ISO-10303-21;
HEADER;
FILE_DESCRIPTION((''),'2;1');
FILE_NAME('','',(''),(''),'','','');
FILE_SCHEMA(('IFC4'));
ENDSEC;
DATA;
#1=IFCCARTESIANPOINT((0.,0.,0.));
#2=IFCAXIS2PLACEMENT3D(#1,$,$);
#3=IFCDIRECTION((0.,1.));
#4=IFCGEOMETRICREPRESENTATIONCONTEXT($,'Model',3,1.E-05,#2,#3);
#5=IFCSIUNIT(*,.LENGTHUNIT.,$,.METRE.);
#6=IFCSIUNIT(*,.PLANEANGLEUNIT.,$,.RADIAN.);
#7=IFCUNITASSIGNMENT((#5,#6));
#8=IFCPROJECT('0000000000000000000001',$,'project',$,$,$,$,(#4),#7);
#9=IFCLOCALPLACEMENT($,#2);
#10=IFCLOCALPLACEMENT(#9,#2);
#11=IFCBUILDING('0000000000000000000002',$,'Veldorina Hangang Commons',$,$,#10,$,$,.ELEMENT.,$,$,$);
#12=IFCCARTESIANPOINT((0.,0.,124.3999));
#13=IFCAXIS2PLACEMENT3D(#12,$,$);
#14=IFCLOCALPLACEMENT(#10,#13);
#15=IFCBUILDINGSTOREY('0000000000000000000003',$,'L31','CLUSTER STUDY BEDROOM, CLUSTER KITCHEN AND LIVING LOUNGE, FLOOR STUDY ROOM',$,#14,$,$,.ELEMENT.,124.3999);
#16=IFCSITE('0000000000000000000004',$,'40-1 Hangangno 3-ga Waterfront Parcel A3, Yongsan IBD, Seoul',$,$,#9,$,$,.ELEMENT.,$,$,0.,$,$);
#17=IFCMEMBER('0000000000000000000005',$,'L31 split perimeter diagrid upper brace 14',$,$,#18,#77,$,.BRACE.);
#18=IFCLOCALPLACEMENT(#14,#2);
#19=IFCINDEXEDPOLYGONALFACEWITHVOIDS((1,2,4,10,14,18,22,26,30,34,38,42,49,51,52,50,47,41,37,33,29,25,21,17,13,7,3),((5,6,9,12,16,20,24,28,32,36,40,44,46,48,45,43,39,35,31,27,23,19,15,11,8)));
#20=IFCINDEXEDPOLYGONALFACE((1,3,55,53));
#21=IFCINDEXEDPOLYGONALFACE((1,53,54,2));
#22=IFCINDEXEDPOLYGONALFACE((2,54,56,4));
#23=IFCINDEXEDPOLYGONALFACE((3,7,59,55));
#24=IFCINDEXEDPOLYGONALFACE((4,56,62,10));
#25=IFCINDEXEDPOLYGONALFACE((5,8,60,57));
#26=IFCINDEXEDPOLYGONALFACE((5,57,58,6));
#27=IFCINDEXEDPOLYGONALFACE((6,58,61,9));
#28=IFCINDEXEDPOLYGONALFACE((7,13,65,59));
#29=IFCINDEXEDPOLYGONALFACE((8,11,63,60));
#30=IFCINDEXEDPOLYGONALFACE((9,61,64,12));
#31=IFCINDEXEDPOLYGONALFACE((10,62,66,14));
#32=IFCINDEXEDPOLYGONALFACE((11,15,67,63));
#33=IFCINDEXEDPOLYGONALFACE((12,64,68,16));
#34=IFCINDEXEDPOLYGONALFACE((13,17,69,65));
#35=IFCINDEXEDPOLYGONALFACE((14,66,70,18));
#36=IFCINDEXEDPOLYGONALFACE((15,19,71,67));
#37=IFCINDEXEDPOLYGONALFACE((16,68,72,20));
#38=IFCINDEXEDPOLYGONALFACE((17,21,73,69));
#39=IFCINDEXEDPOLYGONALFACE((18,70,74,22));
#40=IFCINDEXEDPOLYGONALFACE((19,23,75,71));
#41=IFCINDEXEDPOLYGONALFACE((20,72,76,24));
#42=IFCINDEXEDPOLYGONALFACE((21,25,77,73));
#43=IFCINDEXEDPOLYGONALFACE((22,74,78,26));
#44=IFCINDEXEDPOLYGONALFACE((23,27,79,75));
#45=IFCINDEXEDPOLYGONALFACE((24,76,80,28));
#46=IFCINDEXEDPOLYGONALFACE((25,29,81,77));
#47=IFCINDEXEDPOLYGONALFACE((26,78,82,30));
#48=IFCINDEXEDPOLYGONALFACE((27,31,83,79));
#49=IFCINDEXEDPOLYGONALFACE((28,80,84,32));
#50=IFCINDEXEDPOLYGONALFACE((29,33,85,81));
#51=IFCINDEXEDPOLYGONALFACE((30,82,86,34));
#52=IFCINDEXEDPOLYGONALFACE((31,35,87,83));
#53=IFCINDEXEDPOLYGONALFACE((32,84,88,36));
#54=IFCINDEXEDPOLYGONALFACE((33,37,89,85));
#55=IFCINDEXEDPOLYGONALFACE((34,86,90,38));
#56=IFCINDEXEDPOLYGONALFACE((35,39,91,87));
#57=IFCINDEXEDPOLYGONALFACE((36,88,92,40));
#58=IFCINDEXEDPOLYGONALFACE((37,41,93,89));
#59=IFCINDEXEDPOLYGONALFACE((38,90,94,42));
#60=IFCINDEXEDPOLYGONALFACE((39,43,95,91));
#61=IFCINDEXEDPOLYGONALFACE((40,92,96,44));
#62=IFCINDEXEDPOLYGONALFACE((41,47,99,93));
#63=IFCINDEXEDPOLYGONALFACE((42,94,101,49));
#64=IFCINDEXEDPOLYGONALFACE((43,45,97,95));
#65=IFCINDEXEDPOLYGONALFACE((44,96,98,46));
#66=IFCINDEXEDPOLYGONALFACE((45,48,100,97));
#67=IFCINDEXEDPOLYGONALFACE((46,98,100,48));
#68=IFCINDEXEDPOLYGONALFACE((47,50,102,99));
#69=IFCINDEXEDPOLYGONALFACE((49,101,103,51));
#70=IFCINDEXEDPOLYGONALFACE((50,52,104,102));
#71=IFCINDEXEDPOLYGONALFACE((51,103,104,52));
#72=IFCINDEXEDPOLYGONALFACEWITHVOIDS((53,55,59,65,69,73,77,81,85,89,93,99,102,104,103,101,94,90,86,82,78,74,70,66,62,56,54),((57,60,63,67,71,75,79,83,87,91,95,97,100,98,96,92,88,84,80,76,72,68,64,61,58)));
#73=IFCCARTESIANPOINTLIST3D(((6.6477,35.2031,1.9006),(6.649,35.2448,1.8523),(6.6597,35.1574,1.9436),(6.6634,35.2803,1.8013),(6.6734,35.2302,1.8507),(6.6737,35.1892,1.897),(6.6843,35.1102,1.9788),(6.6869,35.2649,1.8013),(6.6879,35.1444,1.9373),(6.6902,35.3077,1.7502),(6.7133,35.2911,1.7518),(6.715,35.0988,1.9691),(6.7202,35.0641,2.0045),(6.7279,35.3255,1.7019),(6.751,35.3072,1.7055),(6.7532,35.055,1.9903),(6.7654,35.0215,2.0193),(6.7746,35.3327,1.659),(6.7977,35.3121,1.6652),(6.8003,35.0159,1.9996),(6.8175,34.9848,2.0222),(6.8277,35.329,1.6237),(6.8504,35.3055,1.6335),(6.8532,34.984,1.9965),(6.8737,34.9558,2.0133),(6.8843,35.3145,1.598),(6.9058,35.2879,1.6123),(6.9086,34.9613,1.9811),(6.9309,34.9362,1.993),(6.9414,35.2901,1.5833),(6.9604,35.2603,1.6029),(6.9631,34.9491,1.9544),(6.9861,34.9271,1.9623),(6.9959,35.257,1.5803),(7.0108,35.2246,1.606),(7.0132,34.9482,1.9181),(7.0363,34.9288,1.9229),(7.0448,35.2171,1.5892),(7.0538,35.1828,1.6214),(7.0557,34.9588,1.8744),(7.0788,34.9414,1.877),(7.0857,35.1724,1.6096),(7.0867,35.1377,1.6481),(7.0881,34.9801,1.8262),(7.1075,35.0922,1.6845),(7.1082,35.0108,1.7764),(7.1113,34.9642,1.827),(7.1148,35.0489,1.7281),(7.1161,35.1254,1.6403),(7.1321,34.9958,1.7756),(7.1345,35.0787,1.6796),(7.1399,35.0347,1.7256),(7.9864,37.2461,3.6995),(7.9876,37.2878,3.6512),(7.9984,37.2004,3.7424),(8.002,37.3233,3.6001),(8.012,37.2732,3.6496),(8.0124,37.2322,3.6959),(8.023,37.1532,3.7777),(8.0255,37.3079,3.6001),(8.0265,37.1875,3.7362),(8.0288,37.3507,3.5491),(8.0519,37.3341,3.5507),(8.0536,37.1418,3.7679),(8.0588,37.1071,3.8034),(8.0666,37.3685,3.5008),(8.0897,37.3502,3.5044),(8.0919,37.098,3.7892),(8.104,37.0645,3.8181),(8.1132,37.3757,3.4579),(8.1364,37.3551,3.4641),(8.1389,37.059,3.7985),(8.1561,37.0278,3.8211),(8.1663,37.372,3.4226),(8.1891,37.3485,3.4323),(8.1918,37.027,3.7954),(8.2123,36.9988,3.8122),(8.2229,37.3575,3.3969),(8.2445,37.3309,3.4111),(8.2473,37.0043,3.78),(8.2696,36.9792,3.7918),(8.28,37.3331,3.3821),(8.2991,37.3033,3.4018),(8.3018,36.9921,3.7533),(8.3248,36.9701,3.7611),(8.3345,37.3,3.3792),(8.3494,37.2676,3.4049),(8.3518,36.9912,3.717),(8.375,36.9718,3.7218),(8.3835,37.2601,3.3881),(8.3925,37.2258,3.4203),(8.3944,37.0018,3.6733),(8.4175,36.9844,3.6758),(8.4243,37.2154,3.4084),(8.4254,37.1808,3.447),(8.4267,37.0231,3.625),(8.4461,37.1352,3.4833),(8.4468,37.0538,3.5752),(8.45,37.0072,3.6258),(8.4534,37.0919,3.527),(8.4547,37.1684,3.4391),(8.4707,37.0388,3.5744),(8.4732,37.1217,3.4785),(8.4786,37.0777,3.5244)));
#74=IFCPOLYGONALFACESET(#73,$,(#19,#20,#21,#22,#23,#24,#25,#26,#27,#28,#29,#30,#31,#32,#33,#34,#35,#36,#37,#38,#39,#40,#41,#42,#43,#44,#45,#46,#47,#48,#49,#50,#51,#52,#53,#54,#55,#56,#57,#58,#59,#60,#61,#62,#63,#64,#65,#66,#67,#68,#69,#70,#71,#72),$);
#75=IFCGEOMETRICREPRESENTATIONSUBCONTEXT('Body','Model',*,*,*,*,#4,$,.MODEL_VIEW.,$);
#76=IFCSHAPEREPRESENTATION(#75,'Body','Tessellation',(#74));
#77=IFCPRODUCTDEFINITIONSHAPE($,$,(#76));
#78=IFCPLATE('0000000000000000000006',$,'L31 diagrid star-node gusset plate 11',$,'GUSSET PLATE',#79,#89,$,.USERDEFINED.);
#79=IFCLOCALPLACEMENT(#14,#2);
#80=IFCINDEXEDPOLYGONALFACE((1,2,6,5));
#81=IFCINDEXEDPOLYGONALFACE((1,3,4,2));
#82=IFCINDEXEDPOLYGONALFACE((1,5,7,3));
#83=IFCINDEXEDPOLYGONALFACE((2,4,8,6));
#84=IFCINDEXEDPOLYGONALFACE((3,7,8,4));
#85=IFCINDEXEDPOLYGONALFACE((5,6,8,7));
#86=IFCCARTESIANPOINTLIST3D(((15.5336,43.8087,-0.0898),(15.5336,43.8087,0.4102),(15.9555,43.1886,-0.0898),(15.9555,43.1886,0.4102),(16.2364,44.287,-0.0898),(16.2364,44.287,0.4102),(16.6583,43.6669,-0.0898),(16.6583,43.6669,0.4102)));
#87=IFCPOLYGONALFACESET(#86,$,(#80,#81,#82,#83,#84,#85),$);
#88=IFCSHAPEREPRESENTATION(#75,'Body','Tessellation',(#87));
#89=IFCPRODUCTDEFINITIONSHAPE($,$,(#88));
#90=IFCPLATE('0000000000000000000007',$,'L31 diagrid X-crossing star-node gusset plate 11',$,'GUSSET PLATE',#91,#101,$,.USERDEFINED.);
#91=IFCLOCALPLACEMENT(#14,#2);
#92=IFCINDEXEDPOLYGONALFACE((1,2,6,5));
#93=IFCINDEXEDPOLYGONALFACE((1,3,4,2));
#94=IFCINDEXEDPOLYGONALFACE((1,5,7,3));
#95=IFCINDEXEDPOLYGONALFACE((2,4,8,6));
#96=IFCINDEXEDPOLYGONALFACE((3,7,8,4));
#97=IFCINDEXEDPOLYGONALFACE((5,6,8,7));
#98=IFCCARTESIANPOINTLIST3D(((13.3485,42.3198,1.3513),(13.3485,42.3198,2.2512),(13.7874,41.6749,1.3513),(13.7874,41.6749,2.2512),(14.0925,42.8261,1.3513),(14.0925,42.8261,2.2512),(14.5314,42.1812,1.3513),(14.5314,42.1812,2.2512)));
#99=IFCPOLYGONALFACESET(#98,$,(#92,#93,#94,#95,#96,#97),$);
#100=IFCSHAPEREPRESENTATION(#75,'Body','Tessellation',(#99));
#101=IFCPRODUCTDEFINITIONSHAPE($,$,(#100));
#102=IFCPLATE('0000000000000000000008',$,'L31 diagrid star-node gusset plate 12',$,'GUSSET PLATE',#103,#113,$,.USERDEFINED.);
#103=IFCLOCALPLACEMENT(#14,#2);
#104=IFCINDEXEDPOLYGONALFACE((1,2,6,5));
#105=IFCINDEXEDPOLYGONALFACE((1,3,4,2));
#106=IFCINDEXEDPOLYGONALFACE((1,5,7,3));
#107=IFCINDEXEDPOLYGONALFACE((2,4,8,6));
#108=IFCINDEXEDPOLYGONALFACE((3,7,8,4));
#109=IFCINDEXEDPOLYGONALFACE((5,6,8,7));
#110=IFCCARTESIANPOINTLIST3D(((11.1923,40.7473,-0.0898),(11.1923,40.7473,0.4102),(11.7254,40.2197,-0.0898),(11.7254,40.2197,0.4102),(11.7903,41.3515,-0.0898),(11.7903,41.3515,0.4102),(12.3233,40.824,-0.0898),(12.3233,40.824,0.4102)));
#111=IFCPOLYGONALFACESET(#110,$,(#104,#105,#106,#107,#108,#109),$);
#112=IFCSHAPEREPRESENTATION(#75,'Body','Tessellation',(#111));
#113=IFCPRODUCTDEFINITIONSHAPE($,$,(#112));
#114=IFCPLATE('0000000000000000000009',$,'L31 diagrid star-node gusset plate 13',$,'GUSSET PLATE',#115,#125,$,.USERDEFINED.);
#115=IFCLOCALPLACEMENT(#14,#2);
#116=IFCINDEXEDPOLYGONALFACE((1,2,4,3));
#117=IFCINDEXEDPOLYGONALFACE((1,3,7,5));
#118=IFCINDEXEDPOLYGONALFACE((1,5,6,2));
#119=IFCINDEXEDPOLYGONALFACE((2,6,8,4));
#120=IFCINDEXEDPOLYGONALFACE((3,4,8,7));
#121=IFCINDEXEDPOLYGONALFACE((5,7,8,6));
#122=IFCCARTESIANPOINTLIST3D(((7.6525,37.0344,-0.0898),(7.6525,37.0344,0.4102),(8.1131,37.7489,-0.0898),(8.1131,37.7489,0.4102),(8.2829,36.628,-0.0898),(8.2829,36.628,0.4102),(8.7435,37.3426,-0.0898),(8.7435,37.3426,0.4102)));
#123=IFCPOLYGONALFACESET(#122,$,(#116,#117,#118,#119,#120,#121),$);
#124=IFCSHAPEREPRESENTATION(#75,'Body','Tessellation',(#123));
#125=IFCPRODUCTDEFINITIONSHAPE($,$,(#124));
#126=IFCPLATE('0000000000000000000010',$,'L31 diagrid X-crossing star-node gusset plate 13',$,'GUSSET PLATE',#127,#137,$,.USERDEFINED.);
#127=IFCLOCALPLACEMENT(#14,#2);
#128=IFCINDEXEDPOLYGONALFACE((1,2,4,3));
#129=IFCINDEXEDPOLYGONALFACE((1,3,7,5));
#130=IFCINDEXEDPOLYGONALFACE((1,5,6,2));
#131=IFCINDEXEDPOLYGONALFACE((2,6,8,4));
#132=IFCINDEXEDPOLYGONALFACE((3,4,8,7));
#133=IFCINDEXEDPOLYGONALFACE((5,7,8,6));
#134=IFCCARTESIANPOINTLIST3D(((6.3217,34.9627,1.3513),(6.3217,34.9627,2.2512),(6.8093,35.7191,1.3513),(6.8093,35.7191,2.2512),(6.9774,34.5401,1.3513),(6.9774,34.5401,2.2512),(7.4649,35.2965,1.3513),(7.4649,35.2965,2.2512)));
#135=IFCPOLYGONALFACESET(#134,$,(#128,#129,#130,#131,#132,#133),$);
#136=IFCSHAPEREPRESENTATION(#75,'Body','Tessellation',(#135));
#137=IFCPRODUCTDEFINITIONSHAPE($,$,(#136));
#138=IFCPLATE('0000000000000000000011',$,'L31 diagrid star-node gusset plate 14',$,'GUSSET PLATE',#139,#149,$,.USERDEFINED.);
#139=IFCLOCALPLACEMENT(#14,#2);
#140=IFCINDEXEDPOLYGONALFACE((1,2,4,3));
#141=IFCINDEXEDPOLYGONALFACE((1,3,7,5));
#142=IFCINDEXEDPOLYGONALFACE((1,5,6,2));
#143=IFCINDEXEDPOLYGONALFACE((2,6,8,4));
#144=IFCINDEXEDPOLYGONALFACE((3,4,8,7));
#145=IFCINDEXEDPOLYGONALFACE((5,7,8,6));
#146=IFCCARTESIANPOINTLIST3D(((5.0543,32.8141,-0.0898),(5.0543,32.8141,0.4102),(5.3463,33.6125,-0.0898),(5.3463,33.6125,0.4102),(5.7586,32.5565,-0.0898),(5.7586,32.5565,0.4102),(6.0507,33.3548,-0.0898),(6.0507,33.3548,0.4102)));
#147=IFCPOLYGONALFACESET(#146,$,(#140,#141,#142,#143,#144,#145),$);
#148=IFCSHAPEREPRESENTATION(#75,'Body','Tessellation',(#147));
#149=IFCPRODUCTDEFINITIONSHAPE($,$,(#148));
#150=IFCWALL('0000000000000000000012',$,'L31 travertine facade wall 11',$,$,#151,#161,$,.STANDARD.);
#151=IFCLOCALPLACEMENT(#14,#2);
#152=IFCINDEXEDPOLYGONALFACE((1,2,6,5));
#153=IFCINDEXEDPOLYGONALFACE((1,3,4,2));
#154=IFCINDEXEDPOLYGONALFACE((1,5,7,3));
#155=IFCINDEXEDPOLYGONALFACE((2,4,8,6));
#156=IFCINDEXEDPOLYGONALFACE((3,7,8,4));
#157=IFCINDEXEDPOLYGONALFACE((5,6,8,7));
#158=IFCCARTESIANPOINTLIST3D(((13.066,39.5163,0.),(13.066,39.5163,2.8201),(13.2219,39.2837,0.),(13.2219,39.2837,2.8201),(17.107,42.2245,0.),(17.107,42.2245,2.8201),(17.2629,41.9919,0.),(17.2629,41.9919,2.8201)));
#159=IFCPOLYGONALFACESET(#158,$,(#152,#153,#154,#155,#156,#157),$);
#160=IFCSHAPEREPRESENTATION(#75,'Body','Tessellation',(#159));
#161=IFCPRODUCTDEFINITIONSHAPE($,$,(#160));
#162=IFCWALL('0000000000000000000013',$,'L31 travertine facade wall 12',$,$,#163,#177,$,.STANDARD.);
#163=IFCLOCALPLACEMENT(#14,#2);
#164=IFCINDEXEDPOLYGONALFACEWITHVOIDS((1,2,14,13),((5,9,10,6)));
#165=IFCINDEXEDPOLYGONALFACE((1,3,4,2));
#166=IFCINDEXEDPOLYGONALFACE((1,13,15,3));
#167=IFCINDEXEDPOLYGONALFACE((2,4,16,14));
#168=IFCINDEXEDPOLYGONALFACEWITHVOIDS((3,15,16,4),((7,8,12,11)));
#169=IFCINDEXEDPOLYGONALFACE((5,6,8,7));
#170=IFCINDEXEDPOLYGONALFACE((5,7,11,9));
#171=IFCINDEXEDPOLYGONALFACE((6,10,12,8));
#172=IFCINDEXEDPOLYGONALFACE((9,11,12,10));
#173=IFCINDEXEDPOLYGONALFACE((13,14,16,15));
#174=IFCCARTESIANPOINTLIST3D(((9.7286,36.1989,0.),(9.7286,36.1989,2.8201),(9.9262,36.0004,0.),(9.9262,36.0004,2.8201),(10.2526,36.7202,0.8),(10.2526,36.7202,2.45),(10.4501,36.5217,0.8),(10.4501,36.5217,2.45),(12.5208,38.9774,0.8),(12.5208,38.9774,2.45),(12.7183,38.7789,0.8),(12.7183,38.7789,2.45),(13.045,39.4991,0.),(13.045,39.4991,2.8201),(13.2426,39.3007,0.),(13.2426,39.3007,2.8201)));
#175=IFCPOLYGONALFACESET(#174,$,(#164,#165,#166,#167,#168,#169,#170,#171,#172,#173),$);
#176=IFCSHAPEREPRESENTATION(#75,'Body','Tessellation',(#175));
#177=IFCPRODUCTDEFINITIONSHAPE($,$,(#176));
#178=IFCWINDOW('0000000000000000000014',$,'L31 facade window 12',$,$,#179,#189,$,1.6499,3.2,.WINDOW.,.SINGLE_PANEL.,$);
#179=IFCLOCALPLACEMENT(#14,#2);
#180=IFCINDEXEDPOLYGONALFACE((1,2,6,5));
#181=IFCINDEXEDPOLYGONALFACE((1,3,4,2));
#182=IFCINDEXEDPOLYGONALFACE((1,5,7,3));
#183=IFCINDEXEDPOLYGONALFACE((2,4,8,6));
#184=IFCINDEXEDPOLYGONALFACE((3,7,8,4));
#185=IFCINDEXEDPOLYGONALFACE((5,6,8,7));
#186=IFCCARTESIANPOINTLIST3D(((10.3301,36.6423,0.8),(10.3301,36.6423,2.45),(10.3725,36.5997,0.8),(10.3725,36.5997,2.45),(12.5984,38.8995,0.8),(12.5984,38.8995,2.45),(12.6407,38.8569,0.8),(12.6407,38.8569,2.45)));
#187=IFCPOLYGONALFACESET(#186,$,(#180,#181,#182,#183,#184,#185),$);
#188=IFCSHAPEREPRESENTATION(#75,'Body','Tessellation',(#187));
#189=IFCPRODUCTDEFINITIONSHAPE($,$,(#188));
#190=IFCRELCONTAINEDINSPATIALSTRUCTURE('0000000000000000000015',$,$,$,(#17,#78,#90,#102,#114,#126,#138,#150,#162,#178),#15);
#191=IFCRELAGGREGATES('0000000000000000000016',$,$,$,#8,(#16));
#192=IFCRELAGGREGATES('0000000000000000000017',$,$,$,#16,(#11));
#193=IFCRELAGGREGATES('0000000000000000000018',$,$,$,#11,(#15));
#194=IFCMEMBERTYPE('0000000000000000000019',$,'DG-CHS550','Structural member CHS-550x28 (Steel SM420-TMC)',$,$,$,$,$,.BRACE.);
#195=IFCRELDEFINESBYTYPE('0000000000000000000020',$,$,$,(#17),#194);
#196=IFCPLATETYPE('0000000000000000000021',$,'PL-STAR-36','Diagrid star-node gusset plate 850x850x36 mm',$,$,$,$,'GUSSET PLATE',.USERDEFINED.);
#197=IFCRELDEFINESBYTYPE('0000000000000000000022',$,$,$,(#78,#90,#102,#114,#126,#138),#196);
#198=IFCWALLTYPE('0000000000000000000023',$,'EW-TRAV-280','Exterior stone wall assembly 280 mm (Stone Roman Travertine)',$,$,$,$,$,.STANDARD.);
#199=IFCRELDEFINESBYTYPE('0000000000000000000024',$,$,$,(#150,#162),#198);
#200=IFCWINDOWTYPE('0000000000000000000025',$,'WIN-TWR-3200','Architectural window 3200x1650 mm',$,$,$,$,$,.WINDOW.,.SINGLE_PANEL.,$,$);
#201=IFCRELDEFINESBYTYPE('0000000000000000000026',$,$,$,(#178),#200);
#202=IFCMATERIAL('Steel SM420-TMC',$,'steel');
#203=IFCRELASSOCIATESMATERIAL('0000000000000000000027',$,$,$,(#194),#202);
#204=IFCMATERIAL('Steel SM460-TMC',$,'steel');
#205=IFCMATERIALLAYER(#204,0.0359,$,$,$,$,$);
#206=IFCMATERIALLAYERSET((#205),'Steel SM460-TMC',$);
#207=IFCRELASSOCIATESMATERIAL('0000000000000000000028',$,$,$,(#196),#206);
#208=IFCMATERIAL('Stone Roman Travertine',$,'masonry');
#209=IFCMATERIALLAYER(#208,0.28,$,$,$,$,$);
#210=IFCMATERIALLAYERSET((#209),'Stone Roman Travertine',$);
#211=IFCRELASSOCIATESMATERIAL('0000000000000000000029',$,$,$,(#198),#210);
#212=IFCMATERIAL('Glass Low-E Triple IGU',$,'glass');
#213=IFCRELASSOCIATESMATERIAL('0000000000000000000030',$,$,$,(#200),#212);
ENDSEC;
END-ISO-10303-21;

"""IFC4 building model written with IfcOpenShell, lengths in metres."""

from ifc_helpers import new_model, si_unit, direction, frame, frame_2d, origin, origin_2d, place, context, subcontext, project, spatial, rectangle, hollow_circle, extrude, material, layer, layer_set, material_profile, profile_set, type_object, element, fill, save


model = new_model("IFC4")

# Units and contexts
model_context = context("Model", 3, precision=1e-05, world=origin(), true_north=direction((0.0, 1.0)))
body_context = subcontext(model_context, "Body", "Model", "MODEL_VIEW")
ifc_project = project(units=[si_unit("LENGTHUNIT", "METRE"), si_unit("PLANEANGLEUNIT", "RADIAN")], contexts=[model_context])

# Site, building, storey
site_placement = place(None, origin())
site = spatial("IfcSite", under=ifc_project, at=site_placement, Name="40-1 Hangangno 3-ga Waterfront Parcel A3, Yongsan IBD, Seoul", CompositionType="ELEMENT", RefElevation=0.0)
building_placement = place(site_placement, origin())
building = spatial("IfcBuilding", under=site, at=building_placement, Name="Veldorina Hangang Commons", CompositionType="ELEMENT")
storey_placement = place(building_placement, frame((0.0, 0.0, 124.3999)))
storey = spatial("IfcBuildingStorey", under=building, at=storey_placement, Name="L31", Description="CLUSTER STUDY BEDROOM, CLUSTER KITCHEN AND LIVING LOUNGE, FLOOR STUDY ROOM", CompositionType="ELEMENT", Elevation=124.3999)

# Shared definitions
ifc_material_1 = material(Name="Steel SM420-TMC", Category="steel")

# Member
ifc_material_profile_1 = material_profile(ifc_material_1, hollow_circle(Radius=0.2749, WallThickness=0.0281, at=origin_2d()), Name="CHS-550x28")
ifc_profile_set_1 = profile_set([ifc_material_profile_1], Name="Steel SM420-TMC")
member_type = type_object("IfcMemberType", Name="DG-CHS550", Description="Structural member CHS-550x28 (Steel SM420-TMC)", PredefinedType="BRACE", material=ifc_profile_set_1)
member_1_placement = place(storey_placement, frame((6.8933, 35.1296, 1.8013), z_axis=(0.441297, 0.673495, 0.59301), x_axis=(-0.836437, 0.548062, 0.0)))
element("IfcMember", 1, at=member_1_placement, inside=storey, type_object=member_type, Name="L31 split perimeter diagrid upper brace 14", PredefinedType="BRACE", context=body_context, shape_type="SweptSolid", body=[
    extrude(hollow_circle(Radius=0.2749, WallThickness=0.0281, at=origin_2d()), origin(), (0.0, 0.0, 1.0), 3.0334),
])

# Plates
ifc_material_2 = material(Name="Steel SM460-TMC", Category="steel")
ifc_layer_1 = layer(ifc_material_2, 0.0359)
ifc_layer_set_1 = layer_set([ifc_layer_1], Name="Steel SM460-TMC")
plate_type = type_object("IfcPlateType", Name="PL-STAR-36", Description="Diagrid star-node gusset plate 850x850x36 mm", ElementType="GUSSET PLATE", PredefinedType="USERDEFINED", material=ifc_layer_set_1)
plate_1_placement = place(storey_placement, frame((16.0959, 43.7378, -0.0898), z_axis=(0.0, 0.0, 1.0), x_axis=(-0.826717, -0.562617, 0.0)))
element("IfcPlate", 2, at=plate_1_placement, inside=storey, type_object=plate_type, Name="L31 diagrid star-node gusset plate 11", ObjectType="GUSSET PLATE", PredefinedType="USERDEFINED", context=body_context, shape_type="SweptSolid", body=[
    extrude(rectangle(XDim=0.8501, YDim=0.75, at=origin_2d()), origin(), (0.0, 0.0, 1.0), 0.5),
])
plate_2_placement = place(storey_placement, frame((13.9399, 42.2505, 1.3513), z_axis=(0.0, 0.0, 1.0), x_axis=(-0.826717, -0.562617, 0.0)))
element("IfcPlate", 3, at=plate_2_placement, inside=storey, type_object=plate_type, Name="L31 diagrid X-crossing star-node gusset plate 11", ObjectType="GUSSET PLATE", PredefinedType="USERDEFINED", context=body_context, shape_type="SweptSolid", body=[
    extrude(rectangle(XDim=0.8999, YDim=0.78, at=origin_2d()), origin(), (0.0, 0.0, 1.0), 0.8999),
])
for number, where, z_axis, x_axis, name in (
    (4, (11.7578, 40.7856, -0.0898), (0.0, 0.0, 1.0), (-0.70342, -0.710775, 0.0), "L31 diagrid star-node gusset plate 12"),
    (5, (8.198, 37.1885, -0.0898), (0.0, 0.0, 1.0), (-0.541782, -0.840519, 0.0), "L31 diagrid star-node gusset plate 13"),
):
    element("IfcPlate", number, at=place(storey_placement, frame(where, z_axis=z_axis, x_axis=x_axis)), inside=storey, type_object=plate_type, Name=name, ObjectType="GUSSET PLATE", PredefinedType="USERDEFINED", context=body_context, shape_type="SweptSolid", body=[
        extrude(rectangle(XDim=0.8501, YDim=0.75, at=origin_2d()), origin(), (0.0, 0.0, 1.0), 0.5),
    ])
plate_3_placement = place(storey_placement, frame((6.8933, 35.1296, 1.3513), z_axis=(0.0, 0.0, 1.0), x_axis=(-0.541782, -0.840519, 0.0)))
element("IfcPlate", 6, at=plate_3_placement, inside=storey, type_object=plate_type, Name="L31 diagrid X-crossing star-node gusset plate 13", ObjectType="GUSSET PLATE", PredefinedType="USERDEFINED", context=body_context, shape_type="SweptSolid", body=[
    extrude(rectangle(XDim=0.8999, YDim=0.78, at=origin_2d()), origin(), (0.0, 0.0, 1.0), 0.8999),
])
plate_4_placement = place(storey_placement, frame((5.5525, 33.0845, -0.0898), z_axis=(0.0, 0.0, 1.0), x_axis=(-0.343545, -0.939136, 0.0)))
element("IfcPlate", 7, at=plate_4_placement, inside=storey, type_object=plate_type, Name="L31 diagrid star-node gusset plate 14", ObjectType="GUSSET PLATE", PredefinedType="USERDEFINED", context=body_context, shape_type="SweptSolid", body=[
    extrude(rectangle(XDim=0.8501, YDim=0.75, at=origin_2d()), origin(), (0.0, 0.0, 1.0), 0.5),
])

# Wall
ifc_material_3 = material(Name="Stone Roman Travertine", Category="masonry")
ifc_layer_2 = layer(ifc_material_3, 0.28)
ifc_layer_set_2 = layer_set([ifc_layer_2], Name="Stone Roman Travertine")
wall_type_1 = type_object("IfcWallType", Name="EW-TRAV-280", Description="Exterior stone wall assembly 280 mm (Stone Roman Travertine)", PredefinedType="STANDARD", material=ifc_layer_set_2)
wall_1_placement = place(storey_placement, frame((17.1848, 42.1082, 0.0), z_axis=(0.0, 0.0, 1.0), x_axis=(-0.830697, -0.556725, 0.0)))
element("IfcWall", 8, at=wall_1_placement, inside=storey, type_object=wall_type_1, Name="L31 travertine facade wall 11", PredefinedType="STANDARD", context=body_context, shape_type="SweptSolid", body=[
    extrude(rectangle(XDim=4.8645, YDim=0.28, at=frame_2d((2.4321, 0.0))), origin(), (0.0, 0.0, 1.0), 2.8201),
])

# Wall, opening, window
wall_2_placement = place(storey_placement, frame((13.1438, 39.3999, 0.0), z_axis=(0.0, 0.0, 1.0), x_axis=(-0.708827, -0.705383, 0.0)))
wall_2 = element("IfcWall", 9, at=wall_2_placement, inside=storey, type_object=wall_type_1, Name="L31 travertine facade wall 12", PredefinedType="STANDARD", context=body_context, shape_type="SweptSolid", body=[
    extrude(rectangle(XDim=4.6787, YDim=0.28, at=frame_2d((2.3394, 0.0))), origin(), (0.0, 0.0, 1.0), 2.8201),
])
opening_1_placement = place(wall_2_placement, frame((0.7395, 0.0, 0.8)))
opening_1 = element("IfcOpeningElement", 10, at=opening_1_placement, cuts=wall_2, PredefinedType="OPENING", context=body_context, shape_type="SweptSolid", body=[
    extrude(rectangle(XDim=3.2, YDim=1.6499, at=frame_2d((1.6001, 0.825))), frame((0.0, 0.1499, 0.0), z_axis=(0.0, -1.0, 0.0), x_axis=(1.0, 0.0, 0.0)), (0.0, 0.0, 1.0), 0.3),
])
ifc_material_4 = material(Name="Glass Low-E Triple IGU", Category="glass")
window_type = type_object("IfcWindowType", Name="WIN-TWR-3200", Description="Architectural window 3200x1650 mm", PartitioningType="SINGLE_PANEL", PredefinedType="WINDOW", material=ifc_material_4)
window_1_placement = place(opening_1_placement, origin())
window_1 = element("IfcWindow", 11, at=window_1_placement, inside=storey, type_object=window_type, Name="L31 facade window 12", OverallHeight=1.6499, OverallWidth=3.2, PartitioningType="SINGLE_PANEL", PredefinedType="WINDOW", context=body_context, shape_type="SweptSolid", body=[
    extrude(rectangle(XDim=3.2, YDim=1.6499, at=frame_2d((1.6001, 0.825))), frame((0.0, 0.03, 0.0), z_axis=(0.0, -1.0, 0.0), x_axis=(1.0, 0.0, 0.0)), (0.0, 0.0, 1.0), 0.0601),
])
fill(opening_1, window_1)

save(model, "model.ifc")
